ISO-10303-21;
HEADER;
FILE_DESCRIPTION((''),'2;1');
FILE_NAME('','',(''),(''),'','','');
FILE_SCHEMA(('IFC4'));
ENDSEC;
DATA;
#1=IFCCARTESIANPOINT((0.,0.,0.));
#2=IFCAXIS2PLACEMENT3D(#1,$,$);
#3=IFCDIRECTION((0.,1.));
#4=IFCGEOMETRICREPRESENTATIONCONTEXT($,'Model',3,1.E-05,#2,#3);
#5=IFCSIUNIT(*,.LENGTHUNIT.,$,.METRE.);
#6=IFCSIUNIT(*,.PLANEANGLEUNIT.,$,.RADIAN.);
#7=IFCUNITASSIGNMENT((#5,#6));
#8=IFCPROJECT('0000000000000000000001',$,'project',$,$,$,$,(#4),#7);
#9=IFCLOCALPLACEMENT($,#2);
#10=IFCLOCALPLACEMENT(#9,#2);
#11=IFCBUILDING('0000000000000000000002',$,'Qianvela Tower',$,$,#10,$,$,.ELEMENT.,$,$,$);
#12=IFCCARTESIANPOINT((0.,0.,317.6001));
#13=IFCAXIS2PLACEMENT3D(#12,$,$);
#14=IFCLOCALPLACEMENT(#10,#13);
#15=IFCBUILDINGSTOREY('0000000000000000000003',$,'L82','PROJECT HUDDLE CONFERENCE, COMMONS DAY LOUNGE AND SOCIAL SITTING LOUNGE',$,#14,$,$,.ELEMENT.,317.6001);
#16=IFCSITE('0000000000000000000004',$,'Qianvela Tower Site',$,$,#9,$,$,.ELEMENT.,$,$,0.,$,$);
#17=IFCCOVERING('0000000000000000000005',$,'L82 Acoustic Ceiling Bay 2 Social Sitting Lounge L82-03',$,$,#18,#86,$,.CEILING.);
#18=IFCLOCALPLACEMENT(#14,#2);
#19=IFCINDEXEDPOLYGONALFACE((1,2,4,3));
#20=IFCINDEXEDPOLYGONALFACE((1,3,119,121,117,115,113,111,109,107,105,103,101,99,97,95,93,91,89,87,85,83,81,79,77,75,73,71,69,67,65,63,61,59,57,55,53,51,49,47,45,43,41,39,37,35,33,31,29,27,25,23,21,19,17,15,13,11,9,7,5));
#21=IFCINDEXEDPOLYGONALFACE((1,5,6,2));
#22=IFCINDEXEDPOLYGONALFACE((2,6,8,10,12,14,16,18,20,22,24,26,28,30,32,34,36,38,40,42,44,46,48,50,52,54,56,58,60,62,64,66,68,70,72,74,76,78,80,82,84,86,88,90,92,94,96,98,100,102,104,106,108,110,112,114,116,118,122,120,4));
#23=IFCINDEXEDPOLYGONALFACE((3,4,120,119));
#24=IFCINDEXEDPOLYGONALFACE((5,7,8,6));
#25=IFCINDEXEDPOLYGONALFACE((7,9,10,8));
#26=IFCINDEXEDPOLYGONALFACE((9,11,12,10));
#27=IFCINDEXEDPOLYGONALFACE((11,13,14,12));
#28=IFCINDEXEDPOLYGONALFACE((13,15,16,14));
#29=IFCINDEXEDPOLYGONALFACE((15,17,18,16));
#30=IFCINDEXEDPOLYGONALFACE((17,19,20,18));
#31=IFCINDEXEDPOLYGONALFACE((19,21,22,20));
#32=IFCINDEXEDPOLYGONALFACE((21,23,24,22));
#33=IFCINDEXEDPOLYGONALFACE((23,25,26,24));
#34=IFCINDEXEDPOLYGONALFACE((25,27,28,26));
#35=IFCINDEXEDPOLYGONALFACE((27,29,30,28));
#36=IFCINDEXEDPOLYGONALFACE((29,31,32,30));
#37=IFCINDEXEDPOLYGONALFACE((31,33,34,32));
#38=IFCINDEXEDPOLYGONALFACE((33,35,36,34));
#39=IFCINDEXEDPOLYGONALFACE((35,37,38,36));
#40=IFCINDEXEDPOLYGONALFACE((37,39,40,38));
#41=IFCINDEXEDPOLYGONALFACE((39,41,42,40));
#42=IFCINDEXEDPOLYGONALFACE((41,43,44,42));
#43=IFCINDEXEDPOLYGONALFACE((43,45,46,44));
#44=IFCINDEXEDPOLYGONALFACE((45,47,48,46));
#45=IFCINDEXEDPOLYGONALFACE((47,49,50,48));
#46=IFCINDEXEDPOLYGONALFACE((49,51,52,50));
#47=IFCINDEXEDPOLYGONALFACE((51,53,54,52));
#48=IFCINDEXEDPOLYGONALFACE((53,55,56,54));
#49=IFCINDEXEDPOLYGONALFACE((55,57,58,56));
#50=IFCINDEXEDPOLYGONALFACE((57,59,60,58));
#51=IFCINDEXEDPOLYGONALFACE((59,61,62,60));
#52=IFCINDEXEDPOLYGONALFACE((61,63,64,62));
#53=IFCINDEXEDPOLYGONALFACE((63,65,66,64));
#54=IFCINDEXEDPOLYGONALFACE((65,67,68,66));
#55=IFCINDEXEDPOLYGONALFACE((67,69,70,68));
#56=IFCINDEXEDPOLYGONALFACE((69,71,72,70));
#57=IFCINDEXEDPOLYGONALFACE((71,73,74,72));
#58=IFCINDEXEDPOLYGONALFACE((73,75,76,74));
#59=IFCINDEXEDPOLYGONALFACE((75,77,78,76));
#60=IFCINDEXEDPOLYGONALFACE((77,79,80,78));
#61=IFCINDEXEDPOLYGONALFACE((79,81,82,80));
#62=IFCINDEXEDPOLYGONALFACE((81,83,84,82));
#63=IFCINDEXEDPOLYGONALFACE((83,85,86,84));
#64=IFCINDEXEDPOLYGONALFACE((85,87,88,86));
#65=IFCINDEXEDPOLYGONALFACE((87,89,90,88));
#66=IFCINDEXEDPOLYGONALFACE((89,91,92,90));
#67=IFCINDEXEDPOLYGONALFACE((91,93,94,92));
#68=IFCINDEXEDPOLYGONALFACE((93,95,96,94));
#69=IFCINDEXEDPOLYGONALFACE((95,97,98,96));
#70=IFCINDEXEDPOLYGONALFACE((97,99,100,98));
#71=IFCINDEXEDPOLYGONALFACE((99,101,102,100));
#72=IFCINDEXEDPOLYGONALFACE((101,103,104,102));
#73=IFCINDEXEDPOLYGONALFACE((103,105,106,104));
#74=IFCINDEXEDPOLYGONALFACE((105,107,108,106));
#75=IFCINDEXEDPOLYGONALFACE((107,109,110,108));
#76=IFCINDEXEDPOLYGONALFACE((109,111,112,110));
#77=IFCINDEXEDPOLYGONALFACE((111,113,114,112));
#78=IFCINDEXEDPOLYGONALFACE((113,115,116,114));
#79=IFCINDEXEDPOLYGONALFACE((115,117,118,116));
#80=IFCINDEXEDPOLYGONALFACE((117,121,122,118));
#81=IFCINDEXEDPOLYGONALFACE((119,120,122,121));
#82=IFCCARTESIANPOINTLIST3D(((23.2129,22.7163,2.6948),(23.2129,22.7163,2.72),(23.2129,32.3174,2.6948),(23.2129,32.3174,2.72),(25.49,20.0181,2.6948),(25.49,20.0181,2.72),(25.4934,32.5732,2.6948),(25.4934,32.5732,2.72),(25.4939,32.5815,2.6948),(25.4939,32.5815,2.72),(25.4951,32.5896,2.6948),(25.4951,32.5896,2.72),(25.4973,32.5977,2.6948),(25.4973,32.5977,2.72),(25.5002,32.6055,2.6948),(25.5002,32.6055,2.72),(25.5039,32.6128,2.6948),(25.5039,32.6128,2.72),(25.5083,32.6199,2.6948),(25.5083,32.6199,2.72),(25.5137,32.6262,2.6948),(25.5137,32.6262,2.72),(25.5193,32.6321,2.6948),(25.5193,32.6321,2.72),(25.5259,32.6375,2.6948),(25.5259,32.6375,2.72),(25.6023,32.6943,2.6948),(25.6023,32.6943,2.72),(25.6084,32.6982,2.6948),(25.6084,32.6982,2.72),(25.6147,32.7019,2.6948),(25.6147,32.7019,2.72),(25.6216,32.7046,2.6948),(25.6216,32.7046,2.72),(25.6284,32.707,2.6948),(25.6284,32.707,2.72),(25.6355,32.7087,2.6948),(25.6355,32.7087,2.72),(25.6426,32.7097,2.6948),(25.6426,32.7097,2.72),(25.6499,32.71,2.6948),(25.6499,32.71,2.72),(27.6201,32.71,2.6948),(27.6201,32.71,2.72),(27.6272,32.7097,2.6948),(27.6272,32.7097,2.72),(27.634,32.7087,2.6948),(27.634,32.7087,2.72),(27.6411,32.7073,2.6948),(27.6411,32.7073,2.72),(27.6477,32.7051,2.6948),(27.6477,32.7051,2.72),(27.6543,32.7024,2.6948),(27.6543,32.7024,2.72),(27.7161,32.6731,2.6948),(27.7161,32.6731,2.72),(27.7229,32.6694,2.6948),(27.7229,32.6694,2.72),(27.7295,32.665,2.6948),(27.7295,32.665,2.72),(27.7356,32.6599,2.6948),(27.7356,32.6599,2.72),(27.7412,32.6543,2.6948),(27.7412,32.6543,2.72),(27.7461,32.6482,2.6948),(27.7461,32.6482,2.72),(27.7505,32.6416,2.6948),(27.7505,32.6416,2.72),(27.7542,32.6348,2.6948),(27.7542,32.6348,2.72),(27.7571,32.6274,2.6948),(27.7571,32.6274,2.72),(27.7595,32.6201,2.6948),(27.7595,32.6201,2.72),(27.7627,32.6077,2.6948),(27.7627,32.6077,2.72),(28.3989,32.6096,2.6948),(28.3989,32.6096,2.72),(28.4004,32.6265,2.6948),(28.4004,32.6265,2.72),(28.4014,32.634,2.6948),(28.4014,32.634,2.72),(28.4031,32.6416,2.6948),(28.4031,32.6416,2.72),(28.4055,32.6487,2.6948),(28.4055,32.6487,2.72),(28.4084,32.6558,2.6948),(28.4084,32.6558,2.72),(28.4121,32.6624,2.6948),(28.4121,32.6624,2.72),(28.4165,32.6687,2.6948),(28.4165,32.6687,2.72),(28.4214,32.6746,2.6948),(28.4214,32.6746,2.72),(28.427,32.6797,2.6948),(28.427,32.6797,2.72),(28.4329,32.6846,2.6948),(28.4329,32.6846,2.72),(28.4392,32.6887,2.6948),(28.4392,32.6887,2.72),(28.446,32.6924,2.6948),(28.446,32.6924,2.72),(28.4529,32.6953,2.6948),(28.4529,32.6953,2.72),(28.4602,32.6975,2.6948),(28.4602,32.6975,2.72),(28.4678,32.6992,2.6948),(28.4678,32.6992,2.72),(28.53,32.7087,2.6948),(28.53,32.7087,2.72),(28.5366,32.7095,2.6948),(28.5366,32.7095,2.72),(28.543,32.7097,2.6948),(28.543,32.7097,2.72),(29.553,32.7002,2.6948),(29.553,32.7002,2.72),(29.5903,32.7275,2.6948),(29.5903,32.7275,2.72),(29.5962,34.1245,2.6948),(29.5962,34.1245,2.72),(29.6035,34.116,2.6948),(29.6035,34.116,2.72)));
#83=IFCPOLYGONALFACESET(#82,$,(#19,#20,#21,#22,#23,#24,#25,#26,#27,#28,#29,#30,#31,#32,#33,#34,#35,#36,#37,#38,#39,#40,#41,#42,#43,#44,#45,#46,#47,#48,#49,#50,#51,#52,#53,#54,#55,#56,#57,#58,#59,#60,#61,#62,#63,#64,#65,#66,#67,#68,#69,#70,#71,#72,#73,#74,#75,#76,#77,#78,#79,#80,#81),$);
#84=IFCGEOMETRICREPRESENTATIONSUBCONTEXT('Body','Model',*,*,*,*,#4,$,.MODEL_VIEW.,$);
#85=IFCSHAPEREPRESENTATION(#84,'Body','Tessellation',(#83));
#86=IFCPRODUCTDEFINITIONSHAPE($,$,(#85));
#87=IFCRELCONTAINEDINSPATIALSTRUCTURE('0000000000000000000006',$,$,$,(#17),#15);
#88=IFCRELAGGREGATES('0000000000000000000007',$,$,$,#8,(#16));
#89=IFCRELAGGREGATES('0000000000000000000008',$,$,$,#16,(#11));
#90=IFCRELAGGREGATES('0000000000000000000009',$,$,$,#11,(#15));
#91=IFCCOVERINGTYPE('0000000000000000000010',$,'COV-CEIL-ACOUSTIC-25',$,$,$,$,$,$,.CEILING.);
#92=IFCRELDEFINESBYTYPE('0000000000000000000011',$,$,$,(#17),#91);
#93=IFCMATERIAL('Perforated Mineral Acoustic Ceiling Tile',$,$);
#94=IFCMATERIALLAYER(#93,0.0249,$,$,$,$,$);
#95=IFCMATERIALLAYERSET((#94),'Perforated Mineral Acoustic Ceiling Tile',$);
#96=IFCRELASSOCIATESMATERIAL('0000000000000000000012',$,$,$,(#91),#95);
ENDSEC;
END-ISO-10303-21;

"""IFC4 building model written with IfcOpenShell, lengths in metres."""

from ifc_helpers import new_model, si_unit, direction, frame, origin, place, context, subcontext, project, spatial, polyline, outline, extrude, material, layer, layer_set, type_object, element, save


model = new_model("IFC4")

# Units and contexts
model_context = context("Model", 3, precision=1e-05, world=origin(), true_north=direction((0.0, 1.0)))
body_context = subcontext(model_context, "Body", "Model", "MODEL_VIEW")
ifc_project = project(units=[si_unit("LENGTHUNIT", "METRE"), si_unit("PLANEANGLEUNIT", "RADIAN")], contexts=[model_context])

# Site, building, storey
site_placement = place(None, origin())
site = spatial("IfcSite", under=ifc_project, at=site_placement, Name="Qianvela Tower Site", CompositionType="ELEMENT", RefElevation=0.0)
building_placement = place(site_placement, origin())
building = spatial("IfcBuilding", under=site, at=building_placement, Name="Qianvela Tower", CompositionType="ELEMENT")
storey_placement = place(building_placement, frame((0.0, 0.0, 317.6001)))
storey = spatial("IfcBuildingStorey", under=building, at=storey_placement, Name="L82", Description="PROJECT HUDDLE CONFERENCE, COMMONS DAY LOUNGE AND SOCIAL SITTING LOUNGE", CompositionType="ELEMENT", Elevation=317.6001)

# Covering
ifc_material_1 = material(Name="Perforated Mineral Acoustic Ceiling Tile")
ifc_layer_1 = layer(ifc_material_1, 0.0249)
ifc_layer_set_1 = layer_set([ifc_layer_1], Name="Perforated Mineral Acoustic Ceiling Tile")
covering_type_1 = type_object("IfcCoveringType", Name="COV-CEIL-ACOUSTIC-25", PredefinedType="CEILING", material=ifc_layer_set_1)
covering_1_placement = place(storey_placement, frame((0.0, 0.0, 2.6948)))
element("IfcCovering", 1, at=covering_1_placement, inside=storey, type_object=covering_type_1, Name="L82 Acoustic Ceiling Bay 2 Social Sitting Lounge L82-03", PredefinedType="CEILING", context=body_context, shape_type="SweptSolid", body=[
    extrude(outline(polyline([(29.6035, 34.116), (29.5903, 32.7275), (29.553, 32.7002), (28.543, 32.7097), (28.5366, 32.7095), (28.53, 32.7087), (28.4678, 32.6992), (28.4602, 32.6975), (28.4529, 32.6953), (28.446, 32.6924), (28.4392, 32.6887), (28.4329, 32.6846), (28.427, 32.6797), (28.4214, 32.6746), (28.4165, 32.6687), (28.4121, 32.6624), (28.4084, 32.6558), (28.4055, 32.6487), (28.4031, 32.6416), (28.4014, 32.634), (28.4004, 32.6265), (28.3989, 32.6096), (27.7627, 32.6077), (27.7595, 32.6201), (27.7571, 32.6274), (27.7542, 32.6348), (27.7505, 32.6416), (27.7461, 32.6482), (27.7412, 32.6543), (27.7356, 32.6599), (27.7295, 32.665), (27.7229, 32.6694), (27.7161, 32.6731), (27.6543, 32.7024), (27.6477, 32.7051), (27.6411, 32.7073), (27.634, 32.7087), (27.6272, 32.7097), (27.6201, 32.71), (25.6499, 32.71), (25.6426, 32.7097), (25.6355, 32.7087), (25.6284, 32.707), (25.6216, 32.7046), (25.6147, 32.7019), (25.6084, 32.6982), (25.6023, 32.6943), (25.5259, 32.6375), (25.5193, 32.6321), (25.5137, 32.6262), (25.5083, 32.6199), (25.5039, 32.6128), (25.5002, 32.6055), (25.4973, 32.5977), (25.4951, 32.5896), (25.4939, 32.5815), (25.4934, 32.5732), (25.49, 20.0181), (23.2129, 22.7163), (23.2129, 32.3174), (29.5962, 34.1245), (29.6035, 34.116)])), origin(), (0.0, 0.0, 1.0), 0.0251),
])

save(model, "model.ifc")
